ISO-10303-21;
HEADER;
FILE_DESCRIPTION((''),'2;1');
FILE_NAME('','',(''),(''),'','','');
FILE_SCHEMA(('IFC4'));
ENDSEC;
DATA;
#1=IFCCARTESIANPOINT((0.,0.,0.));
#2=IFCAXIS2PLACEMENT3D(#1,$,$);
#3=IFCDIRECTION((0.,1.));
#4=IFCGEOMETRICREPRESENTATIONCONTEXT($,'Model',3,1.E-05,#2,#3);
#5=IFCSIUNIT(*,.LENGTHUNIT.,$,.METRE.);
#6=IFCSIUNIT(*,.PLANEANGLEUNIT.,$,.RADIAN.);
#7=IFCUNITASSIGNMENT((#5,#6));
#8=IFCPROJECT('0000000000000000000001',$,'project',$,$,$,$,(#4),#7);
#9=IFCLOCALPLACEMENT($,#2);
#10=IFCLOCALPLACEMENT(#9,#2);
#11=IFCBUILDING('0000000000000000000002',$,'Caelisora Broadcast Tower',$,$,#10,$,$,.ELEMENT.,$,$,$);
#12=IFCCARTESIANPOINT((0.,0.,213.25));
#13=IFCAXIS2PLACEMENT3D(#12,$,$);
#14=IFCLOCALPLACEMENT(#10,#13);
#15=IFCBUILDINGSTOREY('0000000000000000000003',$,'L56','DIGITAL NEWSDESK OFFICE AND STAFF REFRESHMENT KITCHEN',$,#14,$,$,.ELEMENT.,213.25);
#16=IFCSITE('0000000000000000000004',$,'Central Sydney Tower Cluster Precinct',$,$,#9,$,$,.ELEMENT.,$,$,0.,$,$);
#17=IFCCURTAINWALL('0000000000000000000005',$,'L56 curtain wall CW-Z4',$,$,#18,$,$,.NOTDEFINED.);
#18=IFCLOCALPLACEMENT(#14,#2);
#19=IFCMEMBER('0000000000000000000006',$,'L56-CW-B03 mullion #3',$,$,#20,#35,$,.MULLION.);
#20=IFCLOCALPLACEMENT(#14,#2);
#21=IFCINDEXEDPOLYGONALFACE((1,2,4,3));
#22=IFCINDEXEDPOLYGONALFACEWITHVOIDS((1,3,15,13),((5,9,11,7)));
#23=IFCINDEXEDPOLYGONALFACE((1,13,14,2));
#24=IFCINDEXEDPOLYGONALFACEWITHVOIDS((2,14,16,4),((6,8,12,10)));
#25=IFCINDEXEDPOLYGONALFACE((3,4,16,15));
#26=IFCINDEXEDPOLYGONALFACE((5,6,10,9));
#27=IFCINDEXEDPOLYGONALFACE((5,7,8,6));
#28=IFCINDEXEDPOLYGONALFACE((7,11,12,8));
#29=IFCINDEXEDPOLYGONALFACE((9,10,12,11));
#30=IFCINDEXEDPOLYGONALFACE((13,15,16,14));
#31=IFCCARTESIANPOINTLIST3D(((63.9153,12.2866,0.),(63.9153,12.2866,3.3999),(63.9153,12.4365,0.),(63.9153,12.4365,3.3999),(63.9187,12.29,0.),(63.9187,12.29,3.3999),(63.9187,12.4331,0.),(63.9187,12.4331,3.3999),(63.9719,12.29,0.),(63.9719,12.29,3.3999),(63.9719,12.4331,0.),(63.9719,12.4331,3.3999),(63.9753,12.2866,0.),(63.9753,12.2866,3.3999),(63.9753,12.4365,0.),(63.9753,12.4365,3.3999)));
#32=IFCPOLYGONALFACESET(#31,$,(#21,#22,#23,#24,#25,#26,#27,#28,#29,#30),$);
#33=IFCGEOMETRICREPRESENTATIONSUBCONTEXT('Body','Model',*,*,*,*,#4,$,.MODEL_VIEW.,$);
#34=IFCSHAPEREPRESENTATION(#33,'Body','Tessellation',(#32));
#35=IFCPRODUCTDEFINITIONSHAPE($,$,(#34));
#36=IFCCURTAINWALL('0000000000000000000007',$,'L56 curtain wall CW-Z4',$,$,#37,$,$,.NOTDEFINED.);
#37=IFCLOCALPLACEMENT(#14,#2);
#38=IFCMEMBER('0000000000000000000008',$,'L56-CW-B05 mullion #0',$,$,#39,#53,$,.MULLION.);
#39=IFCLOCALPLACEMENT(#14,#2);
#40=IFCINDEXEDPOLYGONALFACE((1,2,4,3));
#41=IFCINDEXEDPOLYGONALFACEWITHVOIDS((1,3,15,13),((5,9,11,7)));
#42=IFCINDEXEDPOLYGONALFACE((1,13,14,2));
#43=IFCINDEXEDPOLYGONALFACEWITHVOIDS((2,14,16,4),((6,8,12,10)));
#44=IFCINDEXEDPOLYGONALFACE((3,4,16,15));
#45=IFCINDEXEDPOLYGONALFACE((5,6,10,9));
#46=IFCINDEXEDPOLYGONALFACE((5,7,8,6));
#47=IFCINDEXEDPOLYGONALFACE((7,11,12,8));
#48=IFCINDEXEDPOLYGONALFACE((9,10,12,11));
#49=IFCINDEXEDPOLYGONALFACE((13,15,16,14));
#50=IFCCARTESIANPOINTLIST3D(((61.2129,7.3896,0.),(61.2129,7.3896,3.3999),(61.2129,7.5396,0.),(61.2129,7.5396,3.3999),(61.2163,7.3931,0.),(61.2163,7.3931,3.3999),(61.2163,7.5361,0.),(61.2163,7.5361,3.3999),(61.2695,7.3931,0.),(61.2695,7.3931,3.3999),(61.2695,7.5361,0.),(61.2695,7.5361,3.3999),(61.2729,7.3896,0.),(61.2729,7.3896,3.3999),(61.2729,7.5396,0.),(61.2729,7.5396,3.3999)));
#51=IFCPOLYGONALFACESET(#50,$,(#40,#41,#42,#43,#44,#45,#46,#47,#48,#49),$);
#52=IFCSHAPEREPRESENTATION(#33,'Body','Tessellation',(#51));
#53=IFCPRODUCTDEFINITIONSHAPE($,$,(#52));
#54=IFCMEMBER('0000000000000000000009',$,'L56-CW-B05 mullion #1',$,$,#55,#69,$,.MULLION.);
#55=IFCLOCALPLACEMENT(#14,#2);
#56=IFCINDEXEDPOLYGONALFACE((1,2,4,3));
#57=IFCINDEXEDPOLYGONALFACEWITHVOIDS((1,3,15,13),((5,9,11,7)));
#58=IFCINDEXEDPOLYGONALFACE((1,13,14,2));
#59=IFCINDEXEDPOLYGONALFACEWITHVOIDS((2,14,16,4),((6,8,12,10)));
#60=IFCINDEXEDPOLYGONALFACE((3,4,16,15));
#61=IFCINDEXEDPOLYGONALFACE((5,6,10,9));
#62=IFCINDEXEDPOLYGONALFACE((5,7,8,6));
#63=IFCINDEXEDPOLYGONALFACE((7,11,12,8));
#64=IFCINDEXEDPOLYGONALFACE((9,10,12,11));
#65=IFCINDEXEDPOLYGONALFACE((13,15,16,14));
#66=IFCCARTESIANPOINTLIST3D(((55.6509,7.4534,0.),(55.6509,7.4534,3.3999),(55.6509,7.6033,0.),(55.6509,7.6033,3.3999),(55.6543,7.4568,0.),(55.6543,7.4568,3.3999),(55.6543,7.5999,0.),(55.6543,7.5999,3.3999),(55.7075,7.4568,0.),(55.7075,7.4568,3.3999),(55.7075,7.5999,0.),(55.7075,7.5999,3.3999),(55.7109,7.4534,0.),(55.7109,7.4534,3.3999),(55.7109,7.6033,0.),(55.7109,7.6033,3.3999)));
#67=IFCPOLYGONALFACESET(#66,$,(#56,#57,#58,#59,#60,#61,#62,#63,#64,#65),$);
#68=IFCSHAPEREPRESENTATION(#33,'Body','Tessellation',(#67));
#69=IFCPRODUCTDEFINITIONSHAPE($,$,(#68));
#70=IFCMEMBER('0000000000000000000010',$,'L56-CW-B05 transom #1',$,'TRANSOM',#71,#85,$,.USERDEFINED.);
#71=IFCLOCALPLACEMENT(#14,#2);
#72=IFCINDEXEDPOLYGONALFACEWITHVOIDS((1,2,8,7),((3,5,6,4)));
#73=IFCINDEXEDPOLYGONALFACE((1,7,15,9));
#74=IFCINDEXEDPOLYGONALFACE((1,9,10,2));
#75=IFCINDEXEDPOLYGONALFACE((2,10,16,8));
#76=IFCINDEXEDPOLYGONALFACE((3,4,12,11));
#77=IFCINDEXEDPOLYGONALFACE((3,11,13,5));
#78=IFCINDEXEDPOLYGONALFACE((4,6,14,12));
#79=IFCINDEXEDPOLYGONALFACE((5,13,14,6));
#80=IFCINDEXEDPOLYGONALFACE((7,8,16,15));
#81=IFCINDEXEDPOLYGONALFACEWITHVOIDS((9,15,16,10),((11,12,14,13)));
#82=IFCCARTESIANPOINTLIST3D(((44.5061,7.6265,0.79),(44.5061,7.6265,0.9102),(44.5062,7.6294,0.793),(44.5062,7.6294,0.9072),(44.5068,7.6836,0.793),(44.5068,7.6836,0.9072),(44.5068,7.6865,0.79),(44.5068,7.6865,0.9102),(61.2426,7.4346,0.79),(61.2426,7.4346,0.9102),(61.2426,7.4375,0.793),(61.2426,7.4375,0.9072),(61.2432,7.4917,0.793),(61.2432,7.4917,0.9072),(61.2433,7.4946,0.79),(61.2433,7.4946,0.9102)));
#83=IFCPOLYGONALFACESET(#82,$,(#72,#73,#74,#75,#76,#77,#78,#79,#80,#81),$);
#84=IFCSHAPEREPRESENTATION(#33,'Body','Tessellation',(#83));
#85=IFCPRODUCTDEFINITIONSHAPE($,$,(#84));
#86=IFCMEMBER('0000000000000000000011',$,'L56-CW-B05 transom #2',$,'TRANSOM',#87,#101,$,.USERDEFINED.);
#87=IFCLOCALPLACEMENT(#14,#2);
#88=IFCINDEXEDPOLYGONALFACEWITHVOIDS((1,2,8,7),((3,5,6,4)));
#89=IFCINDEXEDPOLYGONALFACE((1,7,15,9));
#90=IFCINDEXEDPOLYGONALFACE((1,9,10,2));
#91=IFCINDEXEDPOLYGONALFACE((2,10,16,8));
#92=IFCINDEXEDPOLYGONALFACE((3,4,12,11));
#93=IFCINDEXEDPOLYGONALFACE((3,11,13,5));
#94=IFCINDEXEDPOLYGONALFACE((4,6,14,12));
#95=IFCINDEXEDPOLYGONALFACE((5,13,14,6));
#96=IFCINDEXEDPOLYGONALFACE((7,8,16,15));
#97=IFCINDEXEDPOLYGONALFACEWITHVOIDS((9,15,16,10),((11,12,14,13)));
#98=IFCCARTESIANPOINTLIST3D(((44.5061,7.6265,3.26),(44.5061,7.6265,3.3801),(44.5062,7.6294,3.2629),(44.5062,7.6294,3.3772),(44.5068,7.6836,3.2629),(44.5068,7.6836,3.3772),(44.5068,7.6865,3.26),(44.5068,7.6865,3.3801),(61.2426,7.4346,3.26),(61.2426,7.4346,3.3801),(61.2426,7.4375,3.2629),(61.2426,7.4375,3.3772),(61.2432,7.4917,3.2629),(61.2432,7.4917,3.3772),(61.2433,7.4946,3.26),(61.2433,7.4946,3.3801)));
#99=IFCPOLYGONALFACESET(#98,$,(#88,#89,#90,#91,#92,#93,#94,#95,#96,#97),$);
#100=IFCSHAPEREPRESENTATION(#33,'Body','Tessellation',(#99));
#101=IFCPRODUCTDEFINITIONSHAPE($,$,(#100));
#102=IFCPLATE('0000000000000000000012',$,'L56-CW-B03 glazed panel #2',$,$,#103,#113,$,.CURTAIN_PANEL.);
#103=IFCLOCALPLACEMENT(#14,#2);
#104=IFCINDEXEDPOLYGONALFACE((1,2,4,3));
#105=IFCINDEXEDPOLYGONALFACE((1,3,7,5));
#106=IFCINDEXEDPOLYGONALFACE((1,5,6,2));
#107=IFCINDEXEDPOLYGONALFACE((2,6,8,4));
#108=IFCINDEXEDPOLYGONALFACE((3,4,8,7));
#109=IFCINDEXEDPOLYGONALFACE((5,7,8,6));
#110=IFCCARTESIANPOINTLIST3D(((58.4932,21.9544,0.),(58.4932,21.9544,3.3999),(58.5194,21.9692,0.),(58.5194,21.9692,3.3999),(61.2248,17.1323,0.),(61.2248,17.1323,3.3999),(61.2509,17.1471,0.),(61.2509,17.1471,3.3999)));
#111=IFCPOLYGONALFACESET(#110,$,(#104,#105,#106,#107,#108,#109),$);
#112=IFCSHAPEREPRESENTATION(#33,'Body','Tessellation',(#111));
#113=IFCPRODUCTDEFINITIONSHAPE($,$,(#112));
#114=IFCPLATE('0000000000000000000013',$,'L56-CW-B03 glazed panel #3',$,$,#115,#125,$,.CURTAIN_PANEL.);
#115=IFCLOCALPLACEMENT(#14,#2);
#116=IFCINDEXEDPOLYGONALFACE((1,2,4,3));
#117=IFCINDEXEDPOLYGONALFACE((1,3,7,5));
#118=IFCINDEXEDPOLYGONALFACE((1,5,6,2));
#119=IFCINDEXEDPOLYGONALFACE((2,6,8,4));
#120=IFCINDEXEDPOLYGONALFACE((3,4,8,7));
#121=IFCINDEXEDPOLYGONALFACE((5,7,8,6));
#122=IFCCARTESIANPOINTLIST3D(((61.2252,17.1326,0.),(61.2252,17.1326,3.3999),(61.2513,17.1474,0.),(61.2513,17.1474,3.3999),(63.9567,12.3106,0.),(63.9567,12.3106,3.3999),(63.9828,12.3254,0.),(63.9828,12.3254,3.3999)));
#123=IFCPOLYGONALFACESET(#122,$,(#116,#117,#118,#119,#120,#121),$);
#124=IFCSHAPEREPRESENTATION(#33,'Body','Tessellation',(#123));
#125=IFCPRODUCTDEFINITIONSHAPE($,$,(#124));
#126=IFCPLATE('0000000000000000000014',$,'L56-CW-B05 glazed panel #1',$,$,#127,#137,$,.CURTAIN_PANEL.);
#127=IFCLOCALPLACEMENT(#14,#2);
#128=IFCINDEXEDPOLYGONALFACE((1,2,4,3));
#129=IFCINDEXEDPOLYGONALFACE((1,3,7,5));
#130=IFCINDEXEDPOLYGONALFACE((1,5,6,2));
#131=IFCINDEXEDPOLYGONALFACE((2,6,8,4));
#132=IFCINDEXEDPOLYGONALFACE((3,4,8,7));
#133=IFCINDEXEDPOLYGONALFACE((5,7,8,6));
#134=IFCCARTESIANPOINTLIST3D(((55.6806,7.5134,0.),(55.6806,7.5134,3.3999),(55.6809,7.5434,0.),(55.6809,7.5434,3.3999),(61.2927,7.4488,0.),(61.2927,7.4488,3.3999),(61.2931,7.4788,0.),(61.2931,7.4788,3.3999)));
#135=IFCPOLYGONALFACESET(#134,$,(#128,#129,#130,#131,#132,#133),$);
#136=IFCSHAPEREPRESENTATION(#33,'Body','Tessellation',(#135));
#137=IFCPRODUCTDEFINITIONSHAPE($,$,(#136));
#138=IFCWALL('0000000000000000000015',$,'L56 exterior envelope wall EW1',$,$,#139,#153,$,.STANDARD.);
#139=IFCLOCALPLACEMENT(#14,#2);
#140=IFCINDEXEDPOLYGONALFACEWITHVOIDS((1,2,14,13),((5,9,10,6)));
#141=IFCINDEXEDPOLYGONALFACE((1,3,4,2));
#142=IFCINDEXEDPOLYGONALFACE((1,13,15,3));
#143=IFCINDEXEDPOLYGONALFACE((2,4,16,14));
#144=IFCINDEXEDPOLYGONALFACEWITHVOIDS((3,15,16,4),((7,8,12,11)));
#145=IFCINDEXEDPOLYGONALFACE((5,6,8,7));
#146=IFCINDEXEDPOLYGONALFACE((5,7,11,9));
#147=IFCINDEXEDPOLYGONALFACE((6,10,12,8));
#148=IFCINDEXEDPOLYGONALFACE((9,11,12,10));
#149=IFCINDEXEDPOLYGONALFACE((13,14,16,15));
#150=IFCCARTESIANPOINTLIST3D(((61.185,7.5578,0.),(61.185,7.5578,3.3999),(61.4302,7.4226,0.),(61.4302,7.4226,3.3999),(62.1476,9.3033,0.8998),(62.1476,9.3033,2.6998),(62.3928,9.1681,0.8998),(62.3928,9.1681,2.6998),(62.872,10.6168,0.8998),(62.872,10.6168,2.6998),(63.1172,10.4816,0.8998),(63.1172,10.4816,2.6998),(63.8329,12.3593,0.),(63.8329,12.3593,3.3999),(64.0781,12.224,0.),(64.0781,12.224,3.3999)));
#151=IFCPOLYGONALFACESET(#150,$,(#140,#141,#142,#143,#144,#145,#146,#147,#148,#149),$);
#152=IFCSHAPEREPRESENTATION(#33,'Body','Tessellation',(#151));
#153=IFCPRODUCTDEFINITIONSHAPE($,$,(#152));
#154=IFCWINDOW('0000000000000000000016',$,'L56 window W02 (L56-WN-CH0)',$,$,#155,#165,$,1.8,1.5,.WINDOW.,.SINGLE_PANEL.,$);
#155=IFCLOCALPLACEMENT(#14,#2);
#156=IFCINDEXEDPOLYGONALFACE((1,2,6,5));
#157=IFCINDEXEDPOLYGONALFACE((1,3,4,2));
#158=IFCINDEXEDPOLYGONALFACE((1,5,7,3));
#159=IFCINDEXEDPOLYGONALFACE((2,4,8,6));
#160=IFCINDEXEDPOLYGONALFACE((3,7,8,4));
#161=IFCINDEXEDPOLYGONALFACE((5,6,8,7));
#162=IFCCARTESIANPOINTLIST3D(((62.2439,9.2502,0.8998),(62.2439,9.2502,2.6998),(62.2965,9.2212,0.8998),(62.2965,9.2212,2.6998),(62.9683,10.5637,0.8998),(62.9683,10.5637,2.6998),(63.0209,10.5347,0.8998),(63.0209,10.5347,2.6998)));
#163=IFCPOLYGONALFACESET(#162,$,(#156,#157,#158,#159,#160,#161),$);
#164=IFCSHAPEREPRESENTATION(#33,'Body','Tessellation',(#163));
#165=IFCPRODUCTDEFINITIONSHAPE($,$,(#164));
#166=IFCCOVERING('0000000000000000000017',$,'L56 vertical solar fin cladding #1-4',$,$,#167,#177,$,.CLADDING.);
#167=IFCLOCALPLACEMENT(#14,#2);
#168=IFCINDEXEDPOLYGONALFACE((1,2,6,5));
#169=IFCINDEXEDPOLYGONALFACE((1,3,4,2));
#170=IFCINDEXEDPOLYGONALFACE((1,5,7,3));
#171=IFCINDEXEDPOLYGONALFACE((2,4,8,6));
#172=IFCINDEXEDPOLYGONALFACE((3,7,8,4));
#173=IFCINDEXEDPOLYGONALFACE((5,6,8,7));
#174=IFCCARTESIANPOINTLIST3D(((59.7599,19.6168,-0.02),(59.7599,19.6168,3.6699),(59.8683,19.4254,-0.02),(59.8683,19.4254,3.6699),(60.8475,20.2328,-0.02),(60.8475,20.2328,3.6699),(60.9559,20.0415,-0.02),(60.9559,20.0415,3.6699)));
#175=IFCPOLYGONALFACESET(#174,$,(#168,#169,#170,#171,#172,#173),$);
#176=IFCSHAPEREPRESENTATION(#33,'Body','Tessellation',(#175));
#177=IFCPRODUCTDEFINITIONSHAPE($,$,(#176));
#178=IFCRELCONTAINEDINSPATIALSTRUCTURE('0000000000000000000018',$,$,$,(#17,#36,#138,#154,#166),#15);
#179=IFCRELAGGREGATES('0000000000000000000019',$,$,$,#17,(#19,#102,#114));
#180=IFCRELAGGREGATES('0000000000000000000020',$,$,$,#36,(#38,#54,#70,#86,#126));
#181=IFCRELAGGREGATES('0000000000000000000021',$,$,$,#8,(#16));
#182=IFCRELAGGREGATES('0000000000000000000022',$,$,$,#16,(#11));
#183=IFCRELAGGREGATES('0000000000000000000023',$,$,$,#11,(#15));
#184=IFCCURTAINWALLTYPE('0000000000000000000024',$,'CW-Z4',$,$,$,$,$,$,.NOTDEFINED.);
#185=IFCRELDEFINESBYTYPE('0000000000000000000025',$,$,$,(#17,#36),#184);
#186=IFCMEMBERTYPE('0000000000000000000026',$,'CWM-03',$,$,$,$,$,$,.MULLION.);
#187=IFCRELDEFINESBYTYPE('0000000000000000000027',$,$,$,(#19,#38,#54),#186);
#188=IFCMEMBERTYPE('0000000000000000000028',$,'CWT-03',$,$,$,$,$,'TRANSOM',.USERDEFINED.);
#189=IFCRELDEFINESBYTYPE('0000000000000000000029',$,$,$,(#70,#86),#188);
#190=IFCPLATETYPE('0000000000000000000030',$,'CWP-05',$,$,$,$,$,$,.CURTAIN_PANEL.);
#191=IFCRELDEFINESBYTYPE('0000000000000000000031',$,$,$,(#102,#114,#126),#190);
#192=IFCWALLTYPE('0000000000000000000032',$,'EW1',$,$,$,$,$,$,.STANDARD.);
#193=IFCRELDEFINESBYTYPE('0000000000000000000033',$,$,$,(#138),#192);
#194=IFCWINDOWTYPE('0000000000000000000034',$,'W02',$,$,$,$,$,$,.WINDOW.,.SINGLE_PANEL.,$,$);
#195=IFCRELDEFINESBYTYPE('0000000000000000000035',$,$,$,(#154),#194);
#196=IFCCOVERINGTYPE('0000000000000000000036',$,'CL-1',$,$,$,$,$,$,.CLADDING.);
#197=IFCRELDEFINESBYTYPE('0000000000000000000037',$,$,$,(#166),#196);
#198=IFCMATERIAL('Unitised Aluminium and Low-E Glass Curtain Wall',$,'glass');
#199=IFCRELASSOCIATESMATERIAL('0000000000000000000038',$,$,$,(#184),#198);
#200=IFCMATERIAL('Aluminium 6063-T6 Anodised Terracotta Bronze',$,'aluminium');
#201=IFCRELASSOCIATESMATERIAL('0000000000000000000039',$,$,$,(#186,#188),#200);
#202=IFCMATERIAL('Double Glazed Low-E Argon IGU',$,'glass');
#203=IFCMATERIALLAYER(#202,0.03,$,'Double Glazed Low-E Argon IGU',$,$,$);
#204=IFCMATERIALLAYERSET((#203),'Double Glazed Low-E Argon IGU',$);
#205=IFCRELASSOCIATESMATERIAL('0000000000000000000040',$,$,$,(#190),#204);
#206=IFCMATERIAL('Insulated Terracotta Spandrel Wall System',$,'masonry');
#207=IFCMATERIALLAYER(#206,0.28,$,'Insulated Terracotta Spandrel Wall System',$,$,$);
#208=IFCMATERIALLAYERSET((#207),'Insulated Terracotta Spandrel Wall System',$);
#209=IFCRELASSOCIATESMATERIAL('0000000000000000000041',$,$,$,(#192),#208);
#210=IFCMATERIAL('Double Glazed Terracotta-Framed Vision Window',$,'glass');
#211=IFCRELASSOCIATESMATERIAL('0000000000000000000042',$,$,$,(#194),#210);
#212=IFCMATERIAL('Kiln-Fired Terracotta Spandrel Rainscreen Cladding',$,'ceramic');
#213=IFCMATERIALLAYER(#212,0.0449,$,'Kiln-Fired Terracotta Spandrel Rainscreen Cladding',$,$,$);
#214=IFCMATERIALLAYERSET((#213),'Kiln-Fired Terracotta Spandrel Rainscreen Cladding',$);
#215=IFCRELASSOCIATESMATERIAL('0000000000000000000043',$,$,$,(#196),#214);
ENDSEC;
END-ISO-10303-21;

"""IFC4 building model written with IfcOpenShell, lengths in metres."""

from ifc_helpers import new_model, si_unit, direction, frame, frame_2d, origin, origin_2d, place, context, subcontext, project, spatial, rectangle, hollow_rectangle, extrude, source, transform, mapped, material, layer, layer_set, material_profile, profile_set, type_object, type_shapes, element, fill, aggregate, save


model = new_model("IFC4")

# Units and contexts
model_context = context("Model", 3, precision=1e-05, world=origin(), true_north=direction((0.0, 1.0)))
body_context = subcontext(model_context, "Body", "Model", "MODEL_VIEW")
ifc_project = project(units=[si_unit("LENGTHUNIT", "METRE"), si_unit("PLANEANGLEUNIT", "RADIAN")], contexts=[model_context])

# Site, building, storey
site_placement = place(None, origin())
site = spatial("IfcSite", under=ifc_project, at=site_placement, Name="Central Sydney Tower Cluster Precinct", CompositionType="ELEMENT", RefElevation=0.0)
building_placement = place(site_placement, origin())
building = spatial("IfcBuilding", under=site, at=building_placement, Name="Caelisora Broadcast Tower", CompositionType="ELEMENT")
storey_placement = place(building_placement, frame((0.0, 0.0, 213.25)))
storey = spatial("IfcBuildingStorey", under=building, at=storey_placement, Name="L56", Description="DIGITAL NEWSDESK OFFICE AND STAFF REFRESHMENT KITCHEN", CompositionType="ELEMENT", Elevation=213.25)

# Curtain walls, members
ifc_material_1 = material(Name="Unitised Aluminium and Low-E Glass Curtain Wall", Category="glass")
curtain_wall_type = type_object("IfcCurtainWallType", Name="CW-Z4", PredefinedType="NOTDEFINED", material=ifc_material_1)
curtain_wall_1_placement = place(storey_placement, origin())
curtain_wall_1 = element("IfcCurtainWall", 1, at=curtain_wall_1_placement, inside=storey, type_object=curtain_wall_type, Name="L56 curtain wall CW-Z4", PredefinedType="NOTDEFINED")
ifc_material_2 = material(Name="Aluminium 6063-T6 Anodised Terracotta Bronze", Category="aluminium")
ifc_material_profile_1 = material_profile(ifc_material_2, hollow_rectangle(XDim=0.0601, YDim=0.1499, WallThickness=0.0034, at=origin_2d()), Name="Aluminium 6063-T6 Anodised Terracotta Bronze")
ifc_profile_set_1 = profile_set([ifc_material_profile_1], Name="Aluminium 6063-T6 Anodised Terracotta Bronze")
member_type_1 = type_object("IfcMemberType", Name="CWM-03", PredefinedType="MULLION", material=ifc_profile_set_1)
shared_shape_1 = source(origin(), body_context, "Body", "SweptSolid", [
    extrude(hollow_rectangle(XDim=0.0601, YDim=0.1499, WallThickness=0.0034, at=origin_2d()), origin(), (0.0, 0.0, 1.0), 3.3999),
])
type_shapes(member_type_1, [shared_shape_1])
member_1_placement = place(storey_placement, frame((63.9453, 12.3616, 0.0), z_axis=(0.0, 0.0, 1.0), x_axis=(1.0, 0.0, 0.0)))
member_1 = element("IfcMember", 2, at=member_1_placement, type_object=member_type_1, Name="L56-CW-B03 mullion #3", PredefinedType="MULLION", context=body_context, shape_type="MappedRepresentation", body=[
    mapped(shared_shape_1, transform((0.0, 0.0, 0.0), scale=1.0)),
])
curtain_wall_2_placement = place(storey_placement, origin())
curtain_wall_2 = element("IfcCurtainWall", 3, at=curtain_wall_2_placement, inside=storey, type_object=curtain_wall_type, Name="L56 curtain wall CW-Z4", PredefinedType="NOTDEFINED")
member_2_placement = place(storey_placement, frame((61.2429, 7.4646, 0.0), z_axis=(0.0, 0.0, 1.0), x_axis=(1.0, 0.0, 0.0)))
member_2 = element("IfcMember", 4, at=member_2_placement, type_object=member_type_1, Name="L56-CW-B05 mullion #0", PredefinedType="MULLION", context=body_context, shape_type="MappedRepresentation", body=[
    mapped(shared_shape_1, transform((0.0, 0.0, 0.0), scale=1.0)),
])
member_3_placement = place(storey_placement, frame((55.6809, 7.5283, 0.0), z_axis=(0.0, 0.0, 1.0), x_axis=(1.0, 0.0, 0.0)))
member_3 = element("IfcMember", 5, at=member_3_placement, type_object=member_type_1, Name="L56-CW-B05 mullion #1", PredefinedType="MULLION", context=body_context, shape_type="MappedRepresentation", body=[
    mapped(shared_shape_1, transform((0.0, 0.0, 0.0), scale=1.0)),
])
ifc_material_profile_2 = material_profile(ifc_material_2, hollow_rectangle(XDim=0.0601, YDim=0.1201, WallThickness=0.0029, at=origin_2d()), Name="Aluminium 6063-T6 Anodised Terracotta Bronze")
ifc_profile_set_2 = profile_set([ifc_material_profile_2], Name="Aluminium 6063-T6 Anodised Terracotta Bronze")
member_type_2 = type_object("IfcMemberType", Name="CWT-03", ElementType="TRANSOM", PredefinedType="USERDEFINED", material=ifc_profile_set_2)
shared_shape_2 = source(origin(), body_context, "Body", "SweptSolid", [
    extrude(hollow_rectangle(XDim=0.0601, YDim=0.1201, WallThickness=0.0029, at=origin_2d()), origin(), (0.0, 0.0, 1.0), 16.7375),
])
type_shapes(member_type_2, [shared_shape_2])
member_4_placement = place(storey_placement, frame((61.2429, 7.4646, 0.8501), z_axis=(-0.999934, 0.011465, 0.0), x_axis=(-0.011465, -0.999934, 0.0)))
member_4 = element("IfcMember", 6, at=member_4_placement, type_object=member_type_2, Name="L56-CW-B05 transom #1", ObjectType="TRANSOM", PredefinedType="USERDEFINED", context=body_context, shape_type="MappedRepresentation", body=[
    mapped(shared_shape_2, transform((0.0, 0.0, 0.0), scale=1.0)),
])
member_5_placement = place(storey_placement, frame((61.2429, 7.4646, 3.3201), z_axis=(-0.999934, 0.011465, 0.0), x_axis=(-0.011465, -0.999934, 0.0)))
member_5 = element("IfcMember", 7, at=member_5_placement, type_object=member_type_2, Name="L56-CW-B05 transom #2", ObjectType="TRANSOM", PredefinedType="USERDEFINED", context=body_context, shape_type="MappedRepresentation", body=[
    mapped(shared_shape_2, transform((0.0, 0.0, 0.0), scale=1.0)),
])

# Plates
ifc_material_3 = material(Name="Double Glazed Low-E Argon IGU", Category="glass")
ifc_layer_1 = layer(ifc_material_3, 0.03, Name="Double Glazed Low-E Argon IGU")
ifc_layer_set_1 = layer_set([ifc_layer_1], Name="Double Glazed Low-E Argon IGU")
plate_type = type_object("IfcPlateType", Name="CWP-05", PredefinedType="CURTAIN_PANEL", material=ifc_layer_set_1)
shared_shape_3 = source(origin(), body_context, "Body", "SweptSolid", [
    extrude(rectangle(XDim=5.542, YDim=0.03, at=origin_2d()), origin(), (0.0, 0.0, 1.0), 3.3999),
])
plate_1_placement = place(storey_placement, frame((59.8721, 19.5508, 0.0), z_axis=(0.0, 0.0, 1.0), x_axis=(0.492879, -0.870098, 0.0)))
plate_1 = element("IfcPlate", 8, at=plate_1_placement, type_object=plate_type, Name="L56-CW-B03 glazed panel #2", PredefinedType="CURTAIN_PANEL", context=body_context, shape_type="MappedRepresentation", body=[
    mapped(shared_shape_3, transform((0.0, 0.0, 0.0), scale=1.0)),
])
plate_2_placement = place(storey_placement, frame((62.604, 14.729, 0.0), z_axis=(0.0, 0.0, 1.0), x_axis=(0.492879, -0.870098, 0.0)))
plate_2 = element("IfcPlate", 9, at=plate_2_placement, type_object=plate_type, Name="L56-CW-B03 glazed panel #3", PredefinedType="CURTAIN_PANEL", context=body_context, shape_type="MappedRepresentation", body=[
    mapped(shared_shape_3, transform((0.0, 0.0, 0.0), scale=1.0)),
])
aggregate(curtain_wall_1, [member_1, plate_1, plate_2])
shared_shape_4 = source(origin(), body_context, "Body", "SweptSolid", [
    extrude(rectangle(XDim=5.6125, YDim=0.03, at=origin_2d()), origin(), (0.0, 0.0, 1.0), 3.3999),
])
type_shapes(plate_type, [shared_shape_3, shared_shape_4])
plate_3_placement = place(storey_placement, frame((58.4868, 7.4961, 0.0), z_axis=(0.0, 0.0, 1.0), x_axis=(-0.999934, 0.011519, 0.0)))
plate_3 = element("IfcPlate", 10, at=plate_3_placement, type_object=plate_type, Name="L56-CW-B05 glazed panel #1", PredefinedType="CURTAIN_PANEL", context=body_context, shape_type="MappedRepresentation", body=[
    mapped(shared_shape_4, transform((0.0, 0.0, 0.0), scale=1.0)),
])
aggregate(curtain_wall_2, [member_2, member_3, member_4, member_5, plate_3])

# Wall, opening, window
ifc_material_4 = material(Name="Insulated Terracotta Spandrel Wall System", Category="masonry")
ifc_layer_2 = layer(ifc_material_4, 0.28, Name="Insulated Terracotta Spandrel Wall System")
ifc_layer_set_2 = layer_set([ifc_layer_2], Name="Insulated Terracotta Spandrel Wall System")
wall_type = type_object("IfcWallType", Name="EW1", PredefinedType="STANDARD", material=ifc_layer_set_2)
wall_placement = place(storey_placement, frame((63.9556, 12.2917, 0.0), z_axis=(0.0, 0.0, 1.0), x_axis=(-0.482915, -0.875667, 0.0)))
wall = element("IfcWall", 11, at=wall_placement, inside=storey, type_object=wall_type, Name="L56 exterior envelope wall EW1", PredefinedType="STANDARD", context=body_context, shape_type="SweptSolid", body=[
    extrude(rectangle(XDim=5.4832, YDim=0.28, at=frame_2d((2.7417, 0.0))), origin(), (0.0, 0.0, 1.0), 3.3999),
])
opening_placement = place(wall_placement, frame((1.99, 0.0, 0.8999)))
opening = element("IfcOpeningElement", 12, at=opening_placement, cuts=wall, PredefinedType="OPENING", context=body_context, shape_type="SweptSolid", body=[
    extrude(rectangle(XDim=1.5, YDim=1.8, at=frame_2d((0.75, 0.8999))), frame((0.0, 0.1521, 0.0), z_axis=(0.0, -1.0, 0.0), x_axis=(1.0, 0.0, 0.0)), (0.0, 0.0, 1.0), 0.304),
])
ifc_material_5 = material(Name="Double Glazed Terracotta-Framed Vision Window", Category="glass")
window_type = type_object("IfcWindowType", Name="W02", PartitioningType="SINGLE_PANEL", PredefinedType="WINDOW", material=ifc_material_5)
window_placement = place(opening_placement, origin())
window = element("IfcWindow", 13, at=window_placement, inside=storey, type_object=window_type, Name="L56 window W02 (L56-WN-CH0)", OverallHeight=1.8, OverallWidth=1.5, PartitioningType="SINGLE_PANEL", PredefinedType="WINDOW", context=body_context, shape_type="SweptSolid", body=[
    extrude(rectangle(XDim=1.5, YDim=1.8, at=frame_2d((0.75, 0.8999))), frame((0.0, 0.03, 0.0), z_axis=(0.0, -1.0, 0.0), x_axis=(1.0, 0.0, 0.0)), (0.0, 0.0, 1.0), 0.0601),
])
fill(opening, window)

# Covering
ifc_material_6 = material(Name="Kiln-Fired Terracotta Spandrel Rainscreen Cladding", Category="ceramic")
ifc_layer_3 = layer(ifc_material_6, 0.0449, Name="Kiln-Fired Terracotta Spandrel Rainscreen Cladding")
ifc_layer_set_3 = layer_set([ifc_layer_3], Name="Kiln-Fired Terracotta Spandrel Rainscreen Cladding")
covering_type = type_object("IfcCoveringType", Name="CL-1", PredefinedType="CLADDING", material=ifc_layer_set_3)
shared_shape_5 = source(origin(), body_context, "Body", "SweptSolid", [
    extrude(rectangle(XDim=0.22, YDim=1.25, at=origin_2d()), origin(), (0.0, 0.0, 1.0), 3.6899),
])
type_shapes(covering_type, [shared_shape_5])
covering_placement = place(storey_placement, frame((60.3579, 19.8291, -0.02), z_axis=(0.0, 0.0, 1.0), x_axis=(0.492879, -0.870098, 0.0)))
element("IfcCovering", 14, at=covering_placement, inside=storey, type_object=covering_type, Name="L56 vertical solar fin cladding #1-4", PredefinedType="CLADDING", context=body_context, shape_type="MappedRepresentation", body=[
    mapped(shared_shape_5, transform((0.0, 0.0, 0.0), scale=1.0)),
])

save(model, "model.ifc")
